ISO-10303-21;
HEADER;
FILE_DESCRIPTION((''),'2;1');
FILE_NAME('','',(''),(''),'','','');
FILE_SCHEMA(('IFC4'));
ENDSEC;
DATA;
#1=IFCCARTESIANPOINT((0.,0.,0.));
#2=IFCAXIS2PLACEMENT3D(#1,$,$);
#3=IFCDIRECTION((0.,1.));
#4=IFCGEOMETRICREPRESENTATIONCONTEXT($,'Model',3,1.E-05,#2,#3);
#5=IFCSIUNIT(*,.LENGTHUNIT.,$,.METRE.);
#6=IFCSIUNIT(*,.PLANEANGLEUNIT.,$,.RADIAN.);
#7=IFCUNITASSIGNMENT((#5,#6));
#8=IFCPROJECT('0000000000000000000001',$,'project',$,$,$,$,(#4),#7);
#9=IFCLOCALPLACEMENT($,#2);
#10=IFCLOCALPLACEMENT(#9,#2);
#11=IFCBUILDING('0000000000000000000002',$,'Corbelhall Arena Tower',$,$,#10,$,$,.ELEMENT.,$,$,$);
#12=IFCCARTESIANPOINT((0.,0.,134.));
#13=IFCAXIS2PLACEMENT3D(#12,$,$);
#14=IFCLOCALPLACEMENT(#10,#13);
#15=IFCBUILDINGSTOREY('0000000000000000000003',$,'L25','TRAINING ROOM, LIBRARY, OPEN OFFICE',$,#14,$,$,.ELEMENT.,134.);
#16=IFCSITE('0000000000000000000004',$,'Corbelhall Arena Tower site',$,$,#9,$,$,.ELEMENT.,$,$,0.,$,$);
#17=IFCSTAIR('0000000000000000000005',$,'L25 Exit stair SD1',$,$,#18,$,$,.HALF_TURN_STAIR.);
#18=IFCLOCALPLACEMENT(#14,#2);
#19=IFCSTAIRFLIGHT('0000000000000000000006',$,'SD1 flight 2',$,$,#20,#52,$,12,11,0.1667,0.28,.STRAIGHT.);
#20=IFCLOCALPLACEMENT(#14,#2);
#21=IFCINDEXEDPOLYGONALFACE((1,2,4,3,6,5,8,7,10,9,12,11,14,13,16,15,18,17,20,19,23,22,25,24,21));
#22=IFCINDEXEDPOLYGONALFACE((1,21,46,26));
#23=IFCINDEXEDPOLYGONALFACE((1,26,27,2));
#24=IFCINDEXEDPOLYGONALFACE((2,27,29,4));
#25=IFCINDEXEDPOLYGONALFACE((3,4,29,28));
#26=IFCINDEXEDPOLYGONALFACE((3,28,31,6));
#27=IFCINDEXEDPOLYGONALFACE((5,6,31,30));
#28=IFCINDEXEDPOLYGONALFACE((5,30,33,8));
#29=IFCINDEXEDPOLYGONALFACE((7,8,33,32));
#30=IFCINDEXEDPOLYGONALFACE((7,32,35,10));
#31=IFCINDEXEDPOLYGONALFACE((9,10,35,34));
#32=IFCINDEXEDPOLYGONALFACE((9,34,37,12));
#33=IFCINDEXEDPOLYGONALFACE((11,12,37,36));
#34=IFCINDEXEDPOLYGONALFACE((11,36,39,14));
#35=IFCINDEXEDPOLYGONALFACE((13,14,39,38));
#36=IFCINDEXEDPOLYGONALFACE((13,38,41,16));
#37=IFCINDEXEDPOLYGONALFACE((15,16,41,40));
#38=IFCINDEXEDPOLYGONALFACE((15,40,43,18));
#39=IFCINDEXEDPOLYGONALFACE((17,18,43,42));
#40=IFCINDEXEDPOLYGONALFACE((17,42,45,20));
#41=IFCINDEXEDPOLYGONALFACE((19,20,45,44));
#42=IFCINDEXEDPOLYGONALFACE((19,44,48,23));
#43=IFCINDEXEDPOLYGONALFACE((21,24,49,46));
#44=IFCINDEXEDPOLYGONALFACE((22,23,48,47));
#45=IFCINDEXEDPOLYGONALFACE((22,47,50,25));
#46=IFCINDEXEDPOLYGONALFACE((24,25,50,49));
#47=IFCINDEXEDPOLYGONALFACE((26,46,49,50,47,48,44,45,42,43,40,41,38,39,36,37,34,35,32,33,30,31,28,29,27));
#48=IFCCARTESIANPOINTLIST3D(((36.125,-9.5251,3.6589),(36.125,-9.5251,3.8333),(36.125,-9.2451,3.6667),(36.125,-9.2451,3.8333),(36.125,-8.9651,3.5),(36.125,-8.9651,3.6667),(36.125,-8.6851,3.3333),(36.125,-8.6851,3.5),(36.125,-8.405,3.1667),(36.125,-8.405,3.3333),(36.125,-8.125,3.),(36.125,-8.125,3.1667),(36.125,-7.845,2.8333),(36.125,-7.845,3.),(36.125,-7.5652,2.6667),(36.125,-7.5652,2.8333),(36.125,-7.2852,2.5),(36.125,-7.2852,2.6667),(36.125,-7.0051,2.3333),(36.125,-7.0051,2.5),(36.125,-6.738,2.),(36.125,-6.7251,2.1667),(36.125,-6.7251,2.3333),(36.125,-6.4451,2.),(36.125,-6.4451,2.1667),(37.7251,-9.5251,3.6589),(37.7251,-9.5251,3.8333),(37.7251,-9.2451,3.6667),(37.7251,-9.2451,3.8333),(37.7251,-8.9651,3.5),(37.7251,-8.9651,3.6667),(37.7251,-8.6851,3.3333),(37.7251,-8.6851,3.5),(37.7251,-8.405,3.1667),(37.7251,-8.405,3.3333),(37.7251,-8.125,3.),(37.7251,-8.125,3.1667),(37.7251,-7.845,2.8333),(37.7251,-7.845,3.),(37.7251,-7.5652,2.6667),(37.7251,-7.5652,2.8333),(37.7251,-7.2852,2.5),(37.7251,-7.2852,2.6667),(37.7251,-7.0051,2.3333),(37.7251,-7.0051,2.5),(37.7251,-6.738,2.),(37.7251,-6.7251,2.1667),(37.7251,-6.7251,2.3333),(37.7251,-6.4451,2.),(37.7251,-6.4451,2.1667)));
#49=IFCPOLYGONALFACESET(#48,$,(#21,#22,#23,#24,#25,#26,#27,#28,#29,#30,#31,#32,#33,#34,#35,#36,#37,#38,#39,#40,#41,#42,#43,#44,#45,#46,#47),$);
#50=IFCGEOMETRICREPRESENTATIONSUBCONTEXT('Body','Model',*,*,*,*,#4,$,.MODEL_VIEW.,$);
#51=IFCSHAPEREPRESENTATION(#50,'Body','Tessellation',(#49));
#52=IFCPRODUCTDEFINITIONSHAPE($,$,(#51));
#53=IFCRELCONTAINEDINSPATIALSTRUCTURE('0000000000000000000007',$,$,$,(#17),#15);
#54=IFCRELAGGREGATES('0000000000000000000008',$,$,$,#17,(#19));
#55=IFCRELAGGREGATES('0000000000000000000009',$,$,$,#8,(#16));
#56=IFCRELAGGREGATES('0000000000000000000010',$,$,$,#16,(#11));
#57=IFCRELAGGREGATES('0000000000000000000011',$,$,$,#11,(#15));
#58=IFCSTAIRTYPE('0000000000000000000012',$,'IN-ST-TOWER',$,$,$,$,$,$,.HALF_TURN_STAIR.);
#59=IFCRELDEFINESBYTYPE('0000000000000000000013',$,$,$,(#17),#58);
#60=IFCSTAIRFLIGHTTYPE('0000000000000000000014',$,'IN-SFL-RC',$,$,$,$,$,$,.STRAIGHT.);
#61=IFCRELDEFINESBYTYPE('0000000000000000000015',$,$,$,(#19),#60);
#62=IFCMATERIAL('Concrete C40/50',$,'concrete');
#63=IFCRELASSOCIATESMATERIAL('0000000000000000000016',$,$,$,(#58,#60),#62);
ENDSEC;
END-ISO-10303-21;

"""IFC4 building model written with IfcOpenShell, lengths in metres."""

from ifc_helpers import new_model, si_unit, direction, frame, origin, place, context, subcontext, project, spatial, polyline, outline, extrude, material, type_object, element, aggregate, save


model = new_model("IFC4")

# Units and contexts
model_context = context("Model", 3, precision=1e-05, world=origin(), true_north=direction((0.0, 1.0)))
body_context = subcontext(model_context, "Body", "Model", "MODEL_VIEW")
ifc_project = project(units=[si_unit("LENGTHUNIT", "METRE"), si_unit("PLANEANGLEUNIT", "RADIAN")], contexts=[model_context])

# Site, building, storey
site_placement = place(None, origin())
site = spatial("IfcSite", under=ifc_project, at=site_placement, Name="Corbelhall Arena Tower site", CompositionType="ELEMENT", RefElevation=0.0)
building_placement = place(site_placement, origin())
building = spatial("IfcBuilding", under=site, at=building_placement, Name="Corbelhall Arena Tower", CompositionType="ELEMENT")
storey_placement = place(building_placement, frame((0.0, 0.0, 134.0)))
storey = spatial("IfcBuildingStorey", under=building, at=storey_placement, Name="L25", Description="TRAINING ROOM, LIBRARY, OPEN OFFICE", CompositionType="ELEMENT", Elevation=134.0)

# Shared definitions
ifc_material_1 = material(Name="Concrete C40/50", Category="concrete")

# Stair, stair flight
stair_type = type_object("IfcStairType", Name="IN-ST-TOWER", PredefinedType="HALF_TURN_STAIR", material=ifc_material_1)
stair_placement = place(storey_placement, origin())
stair = element("IfcStair", 1, at=stair_placement, inside=storey, type_object=stair_type, Name="L25 Exit stair SD1", PredefinedType="HALF_TURN_STAIR")
stair_flight_type = type_object("IfcStairFlightType", Name="IN-SFL-RC", PredefinedType="STRAIGHT", material=ifc_material_1)
stair_flight_1_placement = place(storey_placement, frame((36.925, -6.4451, 2.0), z_axis=(0.0, 0.0, 1.0), x_axis=(0.0, -1.0, 0.0)))
stair_flight_1 = element("IfcStairFlight", 2, at=stair_flight_1_placement, type_object=stair_flight_type, Name="SD1 flight 2", NumberOfRisers=12, NumberOfTreads=11, PredefinedType="STRAIGHT", RiserHeight=0.1667, TreadLength=0.28, context=body_context, shape_type="SweptSolid", body=[
    extrude(outline(polyline([(0.0, 0.0), (0.0, 0.1667), (0.28, 0.1667), (0.28, 0.3333), (0.5601, 0.3333), (0.5601, 0.5), (0.8401, 0.5), (0.8401, 0.6667), (1.1201, 0.6667), (1.1201, 0.8333), (1.3999, 0.8333), (1.3999, 1.0), (1.6799, 1.0), (1.6799, 1.1667), (1.96, 1.1667), (1.96, 1.3333), (2.24, 1.3333), (2.24, 1.5), (2.52, 1.5), (2.52, 1.6667), (2.8, 1.6667), (2.8, 1.8333), (3.0801, 1.8333), (3.0801, 2.0), (3.0801, 1.6589), (0.293, 0.0), (0.0, 0.0)])), frame((0.0, 0.8, 0.0), z_axis=(0.0, -1.0, 0.0), x_axis=(1.0, 0.0, 0.0)), (0.0, 0.0, 1.0), 1.6001),
])
aggregate(stair, [stair_flight_1])

save(model, "model.ifc")
